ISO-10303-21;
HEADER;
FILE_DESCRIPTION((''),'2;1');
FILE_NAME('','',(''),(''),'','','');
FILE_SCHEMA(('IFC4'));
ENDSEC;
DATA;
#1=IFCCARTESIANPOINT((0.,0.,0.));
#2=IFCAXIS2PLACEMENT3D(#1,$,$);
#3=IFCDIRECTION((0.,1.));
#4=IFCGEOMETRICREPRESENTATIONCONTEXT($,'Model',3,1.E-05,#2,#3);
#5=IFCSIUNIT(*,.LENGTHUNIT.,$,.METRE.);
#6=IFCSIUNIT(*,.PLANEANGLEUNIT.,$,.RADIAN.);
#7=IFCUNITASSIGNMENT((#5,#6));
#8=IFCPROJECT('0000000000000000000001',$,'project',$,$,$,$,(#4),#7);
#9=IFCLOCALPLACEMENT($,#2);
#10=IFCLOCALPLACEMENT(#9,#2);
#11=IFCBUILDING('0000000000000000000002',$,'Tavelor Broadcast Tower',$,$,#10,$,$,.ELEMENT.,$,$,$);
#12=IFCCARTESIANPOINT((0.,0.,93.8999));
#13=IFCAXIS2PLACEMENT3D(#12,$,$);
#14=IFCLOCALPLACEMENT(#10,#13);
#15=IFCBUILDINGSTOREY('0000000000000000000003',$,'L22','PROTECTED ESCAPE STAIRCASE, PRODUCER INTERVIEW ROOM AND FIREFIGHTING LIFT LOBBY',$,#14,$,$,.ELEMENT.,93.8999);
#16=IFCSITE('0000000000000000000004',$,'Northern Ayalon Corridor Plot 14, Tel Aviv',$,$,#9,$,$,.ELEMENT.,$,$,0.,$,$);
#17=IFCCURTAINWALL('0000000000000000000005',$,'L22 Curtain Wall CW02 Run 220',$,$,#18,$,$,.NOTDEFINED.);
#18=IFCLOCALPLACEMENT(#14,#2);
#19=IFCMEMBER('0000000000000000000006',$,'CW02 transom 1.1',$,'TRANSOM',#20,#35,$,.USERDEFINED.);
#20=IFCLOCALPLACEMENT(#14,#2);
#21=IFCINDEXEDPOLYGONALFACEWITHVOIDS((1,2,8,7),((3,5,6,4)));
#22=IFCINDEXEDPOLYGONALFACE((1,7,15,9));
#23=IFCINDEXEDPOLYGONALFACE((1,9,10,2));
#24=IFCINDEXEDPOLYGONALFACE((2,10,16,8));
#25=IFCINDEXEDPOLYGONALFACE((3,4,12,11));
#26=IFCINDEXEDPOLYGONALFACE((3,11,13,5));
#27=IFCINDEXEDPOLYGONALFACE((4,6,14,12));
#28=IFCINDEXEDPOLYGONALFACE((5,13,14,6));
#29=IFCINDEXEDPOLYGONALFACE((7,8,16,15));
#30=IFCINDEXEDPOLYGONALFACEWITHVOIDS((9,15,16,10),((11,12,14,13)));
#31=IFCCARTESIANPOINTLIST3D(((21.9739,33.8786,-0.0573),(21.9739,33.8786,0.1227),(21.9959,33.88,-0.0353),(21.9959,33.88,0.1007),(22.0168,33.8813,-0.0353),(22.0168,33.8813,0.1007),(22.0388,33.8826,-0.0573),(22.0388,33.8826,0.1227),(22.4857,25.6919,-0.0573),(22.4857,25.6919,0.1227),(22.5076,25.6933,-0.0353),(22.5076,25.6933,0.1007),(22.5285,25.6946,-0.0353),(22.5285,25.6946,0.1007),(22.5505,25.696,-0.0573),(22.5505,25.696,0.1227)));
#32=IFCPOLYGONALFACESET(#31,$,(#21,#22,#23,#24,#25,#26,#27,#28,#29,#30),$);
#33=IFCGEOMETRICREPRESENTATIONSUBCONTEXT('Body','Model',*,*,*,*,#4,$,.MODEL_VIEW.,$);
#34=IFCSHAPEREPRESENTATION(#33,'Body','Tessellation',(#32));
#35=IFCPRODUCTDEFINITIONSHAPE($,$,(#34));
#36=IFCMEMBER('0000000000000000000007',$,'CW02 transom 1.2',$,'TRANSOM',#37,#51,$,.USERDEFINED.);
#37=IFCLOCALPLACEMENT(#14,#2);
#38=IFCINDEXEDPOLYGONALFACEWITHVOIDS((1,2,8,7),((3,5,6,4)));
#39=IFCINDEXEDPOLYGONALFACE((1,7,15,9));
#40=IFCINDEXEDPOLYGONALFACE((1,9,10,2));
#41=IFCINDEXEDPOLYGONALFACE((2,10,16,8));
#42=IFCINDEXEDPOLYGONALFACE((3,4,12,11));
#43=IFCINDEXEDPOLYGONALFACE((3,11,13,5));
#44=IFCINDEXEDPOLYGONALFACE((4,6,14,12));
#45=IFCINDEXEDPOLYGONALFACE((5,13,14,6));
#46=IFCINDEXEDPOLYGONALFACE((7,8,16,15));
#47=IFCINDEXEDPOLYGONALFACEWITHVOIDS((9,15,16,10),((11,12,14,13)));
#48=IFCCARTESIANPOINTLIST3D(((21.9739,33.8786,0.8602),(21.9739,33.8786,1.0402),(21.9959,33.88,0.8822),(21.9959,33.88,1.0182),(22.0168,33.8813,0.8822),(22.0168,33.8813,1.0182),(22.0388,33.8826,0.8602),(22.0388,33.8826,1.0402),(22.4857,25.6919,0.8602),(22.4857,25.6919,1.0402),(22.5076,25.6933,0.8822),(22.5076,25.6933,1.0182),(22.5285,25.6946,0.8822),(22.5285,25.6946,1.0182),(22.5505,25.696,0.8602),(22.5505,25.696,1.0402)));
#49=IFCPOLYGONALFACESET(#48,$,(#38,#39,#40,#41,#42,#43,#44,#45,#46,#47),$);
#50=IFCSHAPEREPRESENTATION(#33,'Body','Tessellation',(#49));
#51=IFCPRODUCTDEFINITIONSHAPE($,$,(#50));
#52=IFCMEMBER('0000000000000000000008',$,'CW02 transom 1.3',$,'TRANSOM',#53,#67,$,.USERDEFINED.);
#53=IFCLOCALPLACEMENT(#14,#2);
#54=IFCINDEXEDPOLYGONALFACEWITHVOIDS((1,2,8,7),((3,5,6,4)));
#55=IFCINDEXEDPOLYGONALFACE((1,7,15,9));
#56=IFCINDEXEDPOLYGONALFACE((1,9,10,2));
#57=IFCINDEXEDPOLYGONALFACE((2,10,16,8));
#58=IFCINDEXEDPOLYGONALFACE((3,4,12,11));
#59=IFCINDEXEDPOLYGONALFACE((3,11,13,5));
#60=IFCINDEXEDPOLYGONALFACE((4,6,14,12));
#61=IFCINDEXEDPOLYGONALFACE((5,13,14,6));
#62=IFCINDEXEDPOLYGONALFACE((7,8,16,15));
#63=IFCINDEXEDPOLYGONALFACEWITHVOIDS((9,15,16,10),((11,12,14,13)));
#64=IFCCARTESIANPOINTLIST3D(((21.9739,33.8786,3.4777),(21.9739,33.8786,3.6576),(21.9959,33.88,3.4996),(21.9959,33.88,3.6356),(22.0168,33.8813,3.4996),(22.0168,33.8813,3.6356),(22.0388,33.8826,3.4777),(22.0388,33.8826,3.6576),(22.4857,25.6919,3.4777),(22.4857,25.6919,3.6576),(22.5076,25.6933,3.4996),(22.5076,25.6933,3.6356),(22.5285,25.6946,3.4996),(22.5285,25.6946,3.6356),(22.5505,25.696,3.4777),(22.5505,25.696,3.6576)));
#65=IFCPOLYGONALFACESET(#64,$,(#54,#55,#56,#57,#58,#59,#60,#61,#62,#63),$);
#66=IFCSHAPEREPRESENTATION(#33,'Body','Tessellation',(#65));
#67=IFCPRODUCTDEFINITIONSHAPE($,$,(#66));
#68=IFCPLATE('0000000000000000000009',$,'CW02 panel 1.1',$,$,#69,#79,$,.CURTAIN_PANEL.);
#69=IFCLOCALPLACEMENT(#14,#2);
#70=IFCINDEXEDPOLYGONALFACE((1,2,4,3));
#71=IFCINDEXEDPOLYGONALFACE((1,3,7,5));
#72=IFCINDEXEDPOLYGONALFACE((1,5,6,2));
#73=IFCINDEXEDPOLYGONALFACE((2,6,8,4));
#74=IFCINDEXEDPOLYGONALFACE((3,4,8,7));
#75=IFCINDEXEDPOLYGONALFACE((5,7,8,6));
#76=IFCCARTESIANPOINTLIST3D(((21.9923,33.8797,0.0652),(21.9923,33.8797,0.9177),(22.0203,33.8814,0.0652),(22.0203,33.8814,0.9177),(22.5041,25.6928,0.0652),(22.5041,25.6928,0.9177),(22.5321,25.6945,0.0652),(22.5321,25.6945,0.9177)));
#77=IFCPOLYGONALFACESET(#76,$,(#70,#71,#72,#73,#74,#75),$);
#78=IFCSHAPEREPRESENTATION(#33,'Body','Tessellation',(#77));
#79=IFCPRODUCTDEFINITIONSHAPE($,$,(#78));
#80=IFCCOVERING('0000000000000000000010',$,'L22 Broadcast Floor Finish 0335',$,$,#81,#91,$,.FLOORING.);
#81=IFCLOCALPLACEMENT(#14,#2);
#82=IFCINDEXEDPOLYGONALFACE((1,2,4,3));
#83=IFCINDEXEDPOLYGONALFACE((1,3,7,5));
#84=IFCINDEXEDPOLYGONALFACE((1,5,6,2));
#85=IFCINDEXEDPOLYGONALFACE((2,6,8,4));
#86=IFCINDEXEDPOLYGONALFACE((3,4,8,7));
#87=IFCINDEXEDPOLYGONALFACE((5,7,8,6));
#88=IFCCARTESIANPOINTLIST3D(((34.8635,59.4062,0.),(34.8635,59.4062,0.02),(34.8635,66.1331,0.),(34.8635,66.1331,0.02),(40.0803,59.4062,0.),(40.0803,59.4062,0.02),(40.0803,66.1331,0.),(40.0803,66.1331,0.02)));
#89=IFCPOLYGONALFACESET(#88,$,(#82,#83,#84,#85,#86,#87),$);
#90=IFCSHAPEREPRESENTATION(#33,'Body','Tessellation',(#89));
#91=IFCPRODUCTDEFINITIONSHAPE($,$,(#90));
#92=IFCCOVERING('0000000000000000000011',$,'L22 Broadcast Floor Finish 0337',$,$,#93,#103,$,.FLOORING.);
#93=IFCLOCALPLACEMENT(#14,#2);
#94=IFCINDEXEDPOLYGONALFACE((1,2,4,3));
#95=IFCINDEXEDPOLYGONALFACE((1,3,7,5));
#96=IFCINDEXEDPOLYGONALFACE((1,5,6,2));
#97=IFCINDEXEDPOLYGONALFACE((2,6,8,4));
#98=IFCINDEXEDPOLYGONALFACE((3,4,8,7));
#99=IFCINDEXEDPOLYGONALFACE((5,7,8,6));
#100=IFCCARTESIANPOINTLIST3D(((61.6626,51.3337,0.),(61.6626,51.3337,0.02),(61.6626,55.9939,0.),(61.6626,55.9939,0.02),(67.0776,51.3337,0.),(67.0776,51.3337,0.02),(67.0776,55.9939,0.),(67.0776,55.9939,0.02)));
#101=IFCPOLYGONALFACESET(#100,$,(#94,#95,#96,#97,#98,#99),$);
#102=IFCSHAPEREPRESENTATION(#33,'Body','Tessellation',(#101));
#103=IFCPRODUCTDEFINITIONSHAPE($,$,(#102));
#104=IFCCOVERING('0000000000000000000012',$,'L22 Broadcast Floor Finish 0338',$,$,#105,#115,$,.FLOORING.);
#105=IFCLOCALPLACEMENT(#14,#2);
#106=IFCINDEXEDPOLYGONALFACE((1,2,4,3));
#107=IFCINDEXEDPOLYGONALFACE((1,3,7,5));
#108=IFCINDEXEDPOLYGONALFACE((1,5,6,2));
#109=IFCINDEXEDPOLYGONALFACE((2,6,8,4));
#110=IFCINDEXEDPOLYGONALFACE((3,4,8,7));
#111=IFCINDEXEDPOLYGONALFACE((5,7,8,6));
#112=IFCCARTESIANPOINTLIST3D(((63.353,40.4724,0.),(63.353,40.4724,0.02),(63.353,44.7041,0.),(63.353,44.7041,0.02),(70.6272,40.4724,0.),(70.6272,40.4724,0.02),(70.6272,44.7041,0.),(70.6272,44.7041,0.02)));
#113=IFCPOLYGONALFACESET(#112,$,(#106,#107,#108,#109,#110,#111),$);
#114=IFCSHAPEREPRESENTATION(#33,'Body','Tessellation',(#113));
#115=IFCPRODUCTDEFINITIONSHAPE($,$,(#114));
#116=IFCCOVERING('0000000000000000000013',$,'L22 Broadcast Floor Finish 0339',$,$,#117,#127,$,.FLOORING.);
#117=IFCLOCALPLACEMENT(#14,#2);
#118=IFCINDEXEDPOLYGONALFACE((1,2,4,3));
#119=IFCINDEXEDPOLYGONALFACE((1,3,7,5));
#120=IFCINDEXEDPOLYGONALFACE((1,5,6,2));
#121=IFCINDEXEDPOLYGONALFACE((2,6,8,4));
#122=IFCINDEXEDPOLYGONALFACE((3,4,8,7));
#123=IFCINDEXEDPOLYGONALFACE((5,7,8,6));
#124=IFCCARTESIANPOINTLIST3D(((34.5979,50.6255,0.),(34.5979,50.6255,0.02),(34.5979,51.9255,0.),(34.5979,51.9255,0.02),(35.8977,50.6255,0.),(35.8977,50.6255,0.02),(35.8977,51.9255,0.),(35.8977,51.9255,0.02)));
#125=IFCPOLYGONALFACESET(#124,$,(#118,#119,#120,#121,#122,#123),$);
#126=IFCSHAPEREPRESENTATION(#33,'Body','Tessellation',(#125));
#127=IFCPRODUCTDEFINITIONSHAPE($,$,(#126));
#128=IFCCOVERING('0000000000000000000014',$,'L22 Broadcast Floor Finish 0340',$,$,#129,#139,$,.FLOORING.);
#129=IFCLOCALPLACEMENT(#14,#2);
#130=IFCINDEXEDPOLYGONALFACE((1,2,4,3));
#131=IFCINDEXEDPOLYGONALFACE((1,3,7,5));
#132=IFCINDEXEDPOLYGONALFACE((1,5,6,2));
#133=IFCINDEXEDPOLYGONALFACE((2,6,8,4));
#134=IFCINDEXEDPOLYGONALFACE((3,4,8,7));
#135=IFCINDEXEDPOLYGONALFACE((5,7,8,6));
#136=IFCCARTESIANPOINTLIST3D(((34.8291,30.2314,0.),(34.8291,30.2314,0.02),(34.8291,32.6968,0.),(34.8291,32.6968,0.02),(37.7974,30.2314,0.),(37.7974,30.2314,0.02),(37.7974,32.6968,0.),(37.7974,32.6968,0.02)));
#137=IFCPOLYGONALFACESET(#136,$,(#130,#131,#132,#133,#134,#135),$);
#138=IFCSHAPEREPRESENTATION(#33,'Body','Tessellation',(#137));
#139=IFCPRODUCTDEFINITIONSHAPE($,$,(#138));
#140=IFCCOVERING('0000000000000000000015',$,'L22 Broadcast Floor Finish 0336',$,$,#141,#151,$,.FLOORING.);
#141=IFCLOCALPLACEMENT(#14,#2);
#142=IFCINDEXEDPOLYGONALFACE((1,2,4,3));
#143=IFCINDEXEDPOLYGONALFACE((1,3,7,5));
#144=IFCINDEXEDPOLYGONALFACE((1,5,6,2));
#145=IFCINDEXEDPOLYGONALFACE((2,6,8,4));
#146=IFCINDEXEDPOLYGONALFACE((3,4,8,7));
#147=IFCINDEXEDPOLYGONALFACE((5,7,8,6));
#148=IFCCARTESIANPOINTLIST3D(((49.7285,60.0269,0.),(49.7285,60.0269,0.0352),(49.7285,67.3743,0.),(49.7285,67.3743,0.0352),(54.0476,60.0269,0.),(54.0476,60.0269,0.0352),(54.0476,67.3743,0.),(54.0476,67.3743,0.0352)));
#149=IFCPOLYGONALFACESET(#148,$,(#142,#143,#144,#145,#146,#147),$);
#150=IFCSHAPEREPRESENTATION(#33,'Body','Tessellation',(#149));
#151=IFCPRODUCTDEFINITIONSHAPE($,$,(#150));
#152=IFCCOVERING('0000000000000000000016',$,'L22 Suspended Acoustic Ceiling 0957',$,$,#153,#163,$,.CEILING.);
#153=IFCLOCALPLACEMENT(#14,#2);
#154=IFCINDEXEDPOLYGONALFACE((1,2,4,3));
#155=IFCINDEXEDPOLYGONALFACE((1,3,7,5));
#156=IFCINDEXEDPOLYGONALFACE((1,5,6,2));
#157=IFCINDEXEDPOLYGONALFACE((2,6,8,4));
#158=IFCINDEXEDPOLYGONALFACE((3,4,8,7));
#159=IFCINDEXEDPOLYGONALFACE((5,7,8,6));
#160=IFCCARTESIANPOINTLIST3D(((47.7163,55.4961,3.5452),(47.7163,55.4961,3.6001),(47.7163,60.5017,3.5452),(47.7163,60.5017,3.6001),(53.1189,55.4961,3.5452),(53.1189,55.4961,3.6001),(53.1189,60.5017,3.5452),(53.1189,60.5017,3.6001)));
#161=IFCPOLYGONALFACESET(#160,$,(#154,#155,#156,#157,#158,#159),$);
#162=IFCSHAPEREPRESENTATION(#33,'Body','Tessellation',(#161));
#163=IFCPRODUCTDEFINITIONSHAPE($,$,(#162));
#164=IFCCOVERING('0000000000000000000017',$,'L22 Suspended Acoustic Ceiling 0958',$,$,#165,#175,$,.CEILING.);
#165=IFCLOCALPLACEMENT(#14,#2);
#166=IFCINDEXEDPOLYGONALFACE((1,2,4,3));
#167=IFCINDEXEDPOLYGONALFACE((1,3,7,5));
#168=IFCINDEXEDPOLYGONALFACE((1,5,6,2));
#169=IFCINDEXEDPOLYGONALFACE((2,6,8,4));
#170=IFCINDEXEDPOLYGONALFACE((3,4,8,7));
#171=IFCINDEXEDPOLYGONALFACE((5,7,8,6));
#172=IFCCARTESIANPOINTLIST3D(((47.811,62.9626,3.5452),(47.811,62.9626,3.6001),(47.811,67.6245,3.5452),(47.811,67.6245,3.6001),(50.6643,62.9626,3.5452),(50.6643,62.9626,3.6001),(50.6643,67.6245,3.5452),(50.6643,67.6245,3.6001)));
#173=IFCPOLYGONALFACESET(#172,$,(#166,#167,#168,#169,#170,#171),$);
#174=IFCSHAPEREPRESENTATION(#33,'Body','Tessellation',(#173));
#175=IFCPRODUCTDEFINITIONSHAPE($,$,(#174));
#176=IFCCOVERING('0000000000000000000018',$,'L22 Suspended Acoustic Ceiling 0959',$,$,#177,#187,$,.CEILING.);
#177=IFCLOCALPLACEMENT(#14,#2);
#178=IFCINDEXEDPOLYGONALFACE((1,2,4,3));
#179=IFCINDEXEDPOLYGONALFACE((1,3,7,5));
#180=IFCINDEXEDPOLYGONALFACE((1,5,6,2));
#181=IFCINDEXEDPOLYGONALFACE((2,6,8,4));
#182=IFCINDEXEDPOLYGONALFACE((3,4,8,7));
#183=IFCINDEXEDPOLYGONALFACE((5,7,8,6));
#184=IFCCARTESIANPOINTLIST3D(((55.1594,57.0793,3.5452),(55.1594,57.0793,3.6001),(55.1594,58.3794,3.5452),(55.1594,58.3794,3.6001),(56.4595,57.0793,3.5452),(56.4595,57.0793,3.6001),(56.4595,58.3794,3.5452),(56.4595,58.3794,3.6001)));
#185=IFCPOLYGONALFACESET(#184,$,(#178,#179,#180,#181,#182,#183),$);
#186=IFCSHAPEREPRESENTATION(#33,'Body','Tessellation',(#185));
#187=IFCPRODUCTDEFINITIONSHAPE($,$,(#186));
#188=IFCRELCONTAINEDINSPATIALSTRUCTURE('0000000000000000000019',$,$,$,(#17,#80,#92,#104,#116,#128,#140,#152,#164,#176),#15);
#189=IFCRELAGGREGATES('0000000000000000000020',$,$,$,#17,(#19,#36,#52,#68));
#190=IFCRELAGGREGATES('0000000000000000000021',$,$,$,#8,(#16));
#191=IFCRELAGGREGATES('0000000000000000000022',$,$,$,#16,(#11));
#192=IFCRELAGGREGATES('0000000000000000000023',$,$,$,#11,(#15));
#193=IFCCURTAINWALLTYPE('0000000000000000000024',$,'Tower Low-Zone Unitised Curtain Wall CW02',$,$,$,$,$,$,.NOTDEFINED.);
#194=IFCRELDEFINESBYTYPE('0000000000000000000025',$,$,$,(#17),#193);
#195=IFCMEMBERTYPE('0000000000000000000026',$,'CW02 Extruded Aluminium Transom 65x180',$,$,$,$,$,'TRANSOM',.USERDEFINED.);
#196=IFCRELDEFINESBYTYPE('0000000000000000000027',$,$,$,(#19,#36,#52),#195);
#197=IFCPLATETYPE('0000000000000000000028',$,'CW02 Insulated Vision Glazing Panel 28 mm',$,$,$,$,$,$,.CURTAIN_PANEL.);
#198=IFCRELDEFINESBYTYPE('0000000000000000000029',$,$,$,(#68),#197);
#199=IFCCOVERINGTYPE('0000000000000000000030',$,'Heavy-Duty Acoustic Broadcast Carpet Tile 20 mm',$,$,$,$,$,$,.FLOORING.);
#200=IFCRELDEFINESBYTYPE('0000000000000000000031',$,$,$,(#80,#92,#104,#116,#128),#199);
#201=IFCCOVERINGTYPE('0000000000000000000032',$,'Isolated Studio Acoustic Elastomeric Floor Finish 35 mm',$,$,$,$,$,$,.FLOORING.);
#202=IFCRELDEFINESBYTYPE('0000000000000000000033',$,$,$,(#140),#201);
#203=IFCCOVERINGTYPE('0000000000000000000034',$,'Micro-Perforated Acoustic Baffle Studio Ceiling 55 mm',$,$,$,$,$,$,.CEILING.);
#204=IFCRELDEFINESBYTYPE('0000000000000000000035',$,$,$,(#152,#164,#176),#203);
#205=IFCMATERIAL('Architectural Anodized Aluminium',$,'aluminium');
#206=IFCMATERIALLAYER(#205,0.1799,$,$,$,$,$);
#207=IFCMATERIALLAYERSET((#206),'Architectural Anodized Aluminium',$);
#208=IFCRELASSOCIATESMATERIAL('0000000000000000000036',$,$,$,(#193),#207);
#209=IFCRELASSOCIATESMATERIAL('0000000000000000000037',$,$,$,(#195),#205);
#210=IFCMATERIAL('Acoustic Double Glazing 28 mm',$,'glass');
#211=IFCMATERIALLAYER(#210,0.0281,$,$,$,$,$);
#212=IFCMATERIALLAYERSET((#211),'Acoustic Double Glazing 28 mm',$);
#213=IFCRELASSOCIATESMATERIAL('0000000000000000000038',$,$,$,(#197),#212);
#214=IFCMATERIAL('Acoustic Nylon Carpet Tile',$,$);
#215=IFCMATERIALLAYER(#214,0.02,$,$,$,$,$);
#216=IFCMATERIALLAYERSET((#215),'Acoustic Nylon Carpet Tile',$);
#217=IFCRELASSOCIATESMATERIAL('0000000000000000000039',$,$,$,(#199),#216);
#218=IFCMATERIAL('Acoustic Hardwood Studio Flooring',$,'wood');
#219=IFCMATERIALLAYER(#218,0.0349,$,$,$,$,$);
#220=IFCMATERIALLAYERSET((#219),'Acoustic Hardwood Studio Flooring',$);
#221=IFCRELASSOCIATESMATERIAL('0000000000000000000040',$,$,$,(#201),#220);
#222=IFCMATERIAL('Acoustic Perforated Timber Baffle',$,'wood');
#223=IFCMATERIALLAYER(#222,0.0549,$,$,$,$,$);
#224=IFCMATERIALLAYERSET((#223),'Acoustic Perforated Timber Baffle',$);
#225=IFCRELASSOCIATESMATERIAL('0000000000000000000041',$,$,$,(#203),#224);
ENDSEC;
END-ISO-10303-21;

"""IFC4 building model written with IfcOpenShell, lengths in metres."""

from ifc_helpers import new_model, si_unit, direction, frame, origin, origin_2d, place, context, subcontext, project, spatial, polyline, rectangle, hollow_rectangle, outline, extrude, source, transform, mapped, material, layer, layer_set, material_profile, profile_set, type_object, type_shapes, element, aggregate, save


model = new_model("IFC4")

# Units and contexts
model_context = context("Model", 3, precision=1e-05, world=origin(), true_north=direction((0.0, 1.0)))
body_context = subcontext(model_context, "Body", "Model", "MODEL_VIEW")
ifc_project = project(units=[si_unit("LENGTHUNIT", "METRE"), si_unit("PLANEANGLEUNIT", "RADIAN")], contexts=[model_context])

# Site, building, storey
site_placement = place(None, origin())
site = spatial("IfcSite", under=ifc_project, at=site_placement, Name="Northern Ayalon Corridor Plot 14, Tel Aviv", CompositionType="ELEMENT", RefElevation=0.0)
building_placement = place(site_placement, origin())
building = spatial("IfcBuilding", under=site, at=building_placement, Name="Tavelor Broadcast Tower", CompositionType="ELEMENT")
storey_placement = place(building_placement, frame((0.0, 0.0, 93.8999)))
storey = spatial("IfcBuildingStorey", under=building, at=storey_placement, Name="L22", Description="PROTECTED ESCAPE STAIRCASE, PRODUCER INTERVIEW ROOM AND FIREFIGHTING LIFT LOBBY", CompositionType="ELEMENT", Elevation=93.8999)

# Curtain wall, members, plate
ifc_material_1 = material(Name="Architectural Anodized Aluminium", Category="aluminium")
ifc_layer_1 = layer(ifc_material_1, 0.1799)
ifc_layer_set_1 = layer_set([ifc_layer_1], Name="Architectural Anodized Aluminium")
curtain_wall_type = type_object("IfcCurtainWallType", Name="Tower Low-Zone Unitised Curtain Wall CW02", PredefinedType="NOTDEFINED", material=ifc_layer_set_1)
curtain_wall_placement = place(storey_placement, origin())
curtain_wall = element("IfcCurtainWall", 1, at=curtain_wall_placement, inside=storey, type_object=curtain_wall_type, Name="L22 Curtain Wall CW02 Run 220", PredefinedType="NOTDEFINED")
ifc_material_profile = material_profile(ifc_material_1, hollow_rectangle(XDim=0.0649, YDim=0.1799, WallThickness=0.022, at=origin_2d()), Name="RHS 65x180x22")
ifc_profile_set = profile_set([ifc_material_profile], Name="Architectural Anodized Aluminium")
member_type = type_object("IfcMemberType", Name="CW02 Extruded Aluminium Transom 65x180", ElementType="TRANSOM", PredefinedType="USERDEFINED", material=ifc_profile_set)
shared_shape_1 = source(origin(), body_context, "Body", "SweptSolid", [
    extrude(hollow_rectangle(XDim=0.0649, YDim=0.1799, WallThickness=0.022, at=origin_2d()), origin(), (0.0, 0.0, 1.0), 8.2026),
])
type_shapes(member_type, [shared_shape_1])
member_1_placement = place(storey_placement, frame((22.0063, 33.8806, 0.0327), z_axis=(0.062384, -0.998052, 0.0), x_axis=(0.998052, 0.062384, 0.0)))
member_1 = element("IfcMember", 2, at=member_1_placement, type_object=member_type, Name="CW02 transom 1.1", ObjectType="TRANSOM", PredefinedType="USERDEFINED", context=body_context, shape_type="MappedRepresentation", body=[
    mapped(shared_shape_1, transform((0.0, 0.0, 0.0), scale=1.0)),
])
member_2_placement = place(storey_placement, frame((22.0063, 33.8806, 0.9502), z_axis=(0.062384, -0.998052, 0.0), x_axis=(0.998052, 0.062384, 0.0)))
member_2 = element("IfcMember", 3, at=member_2_placement, type_object=member_type, Name="CW02 transom 1.2", ObjectType="TRANSOM", PredefinedType="USERDEFINED", context=body_context, shape_type="MappedRepresentation", body=[
    mapped(shared_shape_1, transform((0.0, 0.0, 0.0), scale=1.0)),
])
member_3_placement = place(storey_placement, frame((22.0063, 33.8806, 3.5676), z_axis=(0.062384, -0.998052, 0.0), x_axis=(0.998052, 0.062384, 0.0)))
member_3 = element("IfcMember", 4, at=member_3_placement, type_object=member_type, Name="CW02 transom 1.3", ObjectType="TRANSOM", PredefinedType="USERDEFINED", context=body_context, shape_type="MappedRepresentation", body=[
    mapped(shared_shape_1, transform((0.0, 0.0, 0.0), scale=1.0)),
])
ifc_material_2 = material(Name="Acoustic Double Glazing 28 mm", Category="glass")
ifc_layer_2 = layer(ifc_material_2, 0.0281)
ifc_layer_set_2 = layer_set([ifc_layer_2], Name="Acoustic Double Glazing 28 mm")
plate_type = type_object("IfcPlateType", Name="CW02 Insulated Vision Glazing Panel 28 mm", PredefinedType="CURTAIN_PANEL", material=ifc_layer_set_2)
shared_shape_2 = source(origin(), body_context, "Body", "SweptSolid", [
    extrude(rectangle(XDim=8.2029, YDim=0.0281, at=origin_2d()), origin(), (0.0, 0.0, 1.0), 0.8525),
])
type_shapes(plate_type, [shared_shape_2])
plate_placement = place(storey_placement, frame((22.2622, 29.7871, 0.0652), z_axis=(0.0, 0.0, 1.0), x_axis=(0.062392, -0.998052, 0.0)))
plate = element("IfcPlate", 5, at=plate_placement, type_object=plate_type, Name="CW02 panel 1.1", PredefinedType="CURTAIN_PANEL", context=body_context, shape_type="MappedRepresentation", body=[
    mapped(shared_shape_2, transform((0.0, 0.0, 0.0), scale=1.0)),
])
aggregate(curtain_wall, [member_1, member_2, member_3, plate])

# Coverings
ifc_material_3 = material(Name="Acoustic Nylon Carpet Tile")
ifc_layer_3 = layer(ifc_material_3, 0.02)
ifc_layer_set_3 = layer_set([ifc_layer_3], Name="Acoustic Nylon Carpet Tile")
covering_type_1 = type_object("IfcCoveringType", Name="Heavy-Duty Acoustic Broadcast Carpet Tile 20 mm", PredefinedType="FLOORING", material=ifc_layer_set_3)
covering_1_placement = place(storey_placement, origin())
element("IfcCovering", 6, at=covering_1_placement, inside=storey, type_object=covering_type_1, Name="L22 Broadcast Floor Finish 0335", PredefinedType="FLOORING", context=body_context, shape_type="SweptSolid", body=[
    extrude(outline(polyline([(34.8635, 59.4062), (40.0803, 59.4062), (40.0803, 66.1331), (34.8635, 66.1331), (34.8635, 59.4062)])), origin(), (0.0, 0.0, 1.0), 0.02),
])
covering_2_placement = place(storey_placement, origin())
element("IfcCovering", 7, at=covering_2_placement, inside=storey, type_object=covering_type_1, Name="L22 Broadcast Floor Finish 0337", PredefinedType="FLOORING", context=body_context, shape_type="SweptSolid", body=[
    extrude(outline(polyline([(61.6626, 51.3337), (67.0776, 51.3337), (67.0776, 55.9939), (61.6626, 55.9939), (61.6626, 51.3337)])), origin(), (0.0, 0.0, 1.0), 0.02),
])
covering_3_placement = place(storey_placement, origin())
element("IfcCovering", 8, at=covering_3_placement, inside=storey, type_object=covering_type_1, Name="L22 Broadcast Floor Finish 0338", PredefinedType="FLOORING", context=body_context, shape_type="SweptSolid", body=[
    extrude(outline(polyline([(63.353, 40.4724), (70.6272, 40.4724), (70.6272, 44.7041), (63.353, 44.7041), (63.353, 40.4724)])), origin(), (0.0, 0.0, 1.0), 0.02),
])
covering_4_placement = place(storey_placement, origin())
element("IfcCovering", 9, at=covering_4_placement, inside=storey, type_object=covering_type_1, Name="L22 Broadcast Floor Finish 0339", PredefinedType="FLOORING", context=body_context, shape_type="SweptSolid", body=[
    extrude(outline(polyline([(34.5979, 50.6255), (35.8977, 50.6255), (35.8977, 51.9255), (34.5979, 51.9255), (34.5979, 50.6255)])), origin(), (0.0, 0.0, 1.0), 0.02),
])
covering_5_placement = place(storey_placement, origin())
element("IfcCovering", 10, at=covering_5_placement, inside=storey, type_object=covering_type_1, Name="L22 Broadcast Floor Finish 0340", PredefinedType="FLOORING", context=body_context, shape_type="SweptSolid", body=[
    extrude(outline(polyline([(34.8291, 30.2314), (37.7974, 30.2314), (37.7974, 32.6968), (34.8291, 32.6968), (34.8291, 30.2314)])), origin(), (0.0, 0.0, 1.0), 0.02),
])
ifc_material_4 = material(Name="Acoustic Hardwood Studio Flooring", Category="wood")
ifc_layer_4 = layer(ifc_material_4, 0.0349)
ifc_layer_set_4 = layer_set([ifc_layer_4], Name="Acoustic Hardwood Studio Flooring")
covering_type_2 = type_object("IfcCoveringType", Name="Isolated Studio Acoustic Elastomeric Floor Finish 35 mm", PredefinedType="FLOORING", material=ifc_layer_set_4)
covering_6_placement = place(storey_placement, origin())
element("IfcCovering", 11, at=covering_6_placement, inside=storey, type_object=covering_type_2, Name="L22 Broadcast Floor Finish 0336", PredefinedType="FLOORING", context=body_context, shape_type="SweptSolid", body=[
    extrude(outline(polyline([(49.7285, 60.0269), (54.0476, 60.0269), (54.0476, 67.3743), (49.7285, 67.3743), (49.7285, 60.0269)])), origin(), (0.0, 0.0, 1.0), 0.0352),
])
ifc_material_5 = material(Name="Acoustic Perforated Timber Baffle", Category="wood")
ifc_layer_5 = layer(ifc_material_5, 0.0549)
ifc_layer_set_5 = layer_set([ifc_layer_5], Name="Acoustic Perforated Timber Baffle")
covering_type_3 = type_object("IfcCoveringType", Name="Micro-Perforated Acoustic Baffle Studio Ceiling 55 mm", PredefinedType="CEILING", material=ifc_layer_set_5)
covering_7_placement = place(storey_placement, frame((0.0, 0.0, 3.5452)))
element("IfcCovering", 12, at=covering_7_placement, inside=storey, type_object=covering_type_3, Name="L22 Suspended Acoustic Ceiling 0957", PredefinedType="CEILING", context=body_context, shape_type="SweptSolid", body=[
    extrude(outline(polyline([(47.7163, 55.4961), (53.1189, 55.4961), (53.1189, 60.5017), (47.7163, 60.5017), (47.7163, 55.4961)])), origin(), (0.0, 0.0, 1.0), 0.0549),
])
covering_8_placement = place(storey_placement, frame((0.0, 0.0, 3.5452)))
element("IfcCovering", 13, at=covering_8_placement, inside=storey, type_object=covering_type_3, Name="L22 Suspended Acoustic Ceiling 0958", PredefinedType="CEILING", context=body_context, shape_type="SweptSolid", body=[
    extrude(outline(polyline([(47.811, 62.9626), (50.6643, 62.9626), (50.6643, 67.6245), (47.811, 67.6245), (47.811, 62.9626)])), origin(), (0.0, 0.0, 1.0), 0.0549),
])
covering_9_placement = place(storey_placement, frame((0.0, 0.0, 3.5452)))
element("IfcCovering", 14, at=covering_9_placement, inside=storey, type_object=covering_type_3, Name="L22 Suspended Acoustic Ceiling 0959", PredefinedType="CEILING", context=body_context, shape_type="SweptSolid", body=[
    extrude(outline(polyline([(55.1594, 57.0793), (56.4595, 57.0793), (56.4595, 58.3794), (55.1594, 58.3794), (55.1594, 57.0793)])), origin(), (0.0, 0.0, 1.0), 0.0549),
])

save(model, "model.ifc")
